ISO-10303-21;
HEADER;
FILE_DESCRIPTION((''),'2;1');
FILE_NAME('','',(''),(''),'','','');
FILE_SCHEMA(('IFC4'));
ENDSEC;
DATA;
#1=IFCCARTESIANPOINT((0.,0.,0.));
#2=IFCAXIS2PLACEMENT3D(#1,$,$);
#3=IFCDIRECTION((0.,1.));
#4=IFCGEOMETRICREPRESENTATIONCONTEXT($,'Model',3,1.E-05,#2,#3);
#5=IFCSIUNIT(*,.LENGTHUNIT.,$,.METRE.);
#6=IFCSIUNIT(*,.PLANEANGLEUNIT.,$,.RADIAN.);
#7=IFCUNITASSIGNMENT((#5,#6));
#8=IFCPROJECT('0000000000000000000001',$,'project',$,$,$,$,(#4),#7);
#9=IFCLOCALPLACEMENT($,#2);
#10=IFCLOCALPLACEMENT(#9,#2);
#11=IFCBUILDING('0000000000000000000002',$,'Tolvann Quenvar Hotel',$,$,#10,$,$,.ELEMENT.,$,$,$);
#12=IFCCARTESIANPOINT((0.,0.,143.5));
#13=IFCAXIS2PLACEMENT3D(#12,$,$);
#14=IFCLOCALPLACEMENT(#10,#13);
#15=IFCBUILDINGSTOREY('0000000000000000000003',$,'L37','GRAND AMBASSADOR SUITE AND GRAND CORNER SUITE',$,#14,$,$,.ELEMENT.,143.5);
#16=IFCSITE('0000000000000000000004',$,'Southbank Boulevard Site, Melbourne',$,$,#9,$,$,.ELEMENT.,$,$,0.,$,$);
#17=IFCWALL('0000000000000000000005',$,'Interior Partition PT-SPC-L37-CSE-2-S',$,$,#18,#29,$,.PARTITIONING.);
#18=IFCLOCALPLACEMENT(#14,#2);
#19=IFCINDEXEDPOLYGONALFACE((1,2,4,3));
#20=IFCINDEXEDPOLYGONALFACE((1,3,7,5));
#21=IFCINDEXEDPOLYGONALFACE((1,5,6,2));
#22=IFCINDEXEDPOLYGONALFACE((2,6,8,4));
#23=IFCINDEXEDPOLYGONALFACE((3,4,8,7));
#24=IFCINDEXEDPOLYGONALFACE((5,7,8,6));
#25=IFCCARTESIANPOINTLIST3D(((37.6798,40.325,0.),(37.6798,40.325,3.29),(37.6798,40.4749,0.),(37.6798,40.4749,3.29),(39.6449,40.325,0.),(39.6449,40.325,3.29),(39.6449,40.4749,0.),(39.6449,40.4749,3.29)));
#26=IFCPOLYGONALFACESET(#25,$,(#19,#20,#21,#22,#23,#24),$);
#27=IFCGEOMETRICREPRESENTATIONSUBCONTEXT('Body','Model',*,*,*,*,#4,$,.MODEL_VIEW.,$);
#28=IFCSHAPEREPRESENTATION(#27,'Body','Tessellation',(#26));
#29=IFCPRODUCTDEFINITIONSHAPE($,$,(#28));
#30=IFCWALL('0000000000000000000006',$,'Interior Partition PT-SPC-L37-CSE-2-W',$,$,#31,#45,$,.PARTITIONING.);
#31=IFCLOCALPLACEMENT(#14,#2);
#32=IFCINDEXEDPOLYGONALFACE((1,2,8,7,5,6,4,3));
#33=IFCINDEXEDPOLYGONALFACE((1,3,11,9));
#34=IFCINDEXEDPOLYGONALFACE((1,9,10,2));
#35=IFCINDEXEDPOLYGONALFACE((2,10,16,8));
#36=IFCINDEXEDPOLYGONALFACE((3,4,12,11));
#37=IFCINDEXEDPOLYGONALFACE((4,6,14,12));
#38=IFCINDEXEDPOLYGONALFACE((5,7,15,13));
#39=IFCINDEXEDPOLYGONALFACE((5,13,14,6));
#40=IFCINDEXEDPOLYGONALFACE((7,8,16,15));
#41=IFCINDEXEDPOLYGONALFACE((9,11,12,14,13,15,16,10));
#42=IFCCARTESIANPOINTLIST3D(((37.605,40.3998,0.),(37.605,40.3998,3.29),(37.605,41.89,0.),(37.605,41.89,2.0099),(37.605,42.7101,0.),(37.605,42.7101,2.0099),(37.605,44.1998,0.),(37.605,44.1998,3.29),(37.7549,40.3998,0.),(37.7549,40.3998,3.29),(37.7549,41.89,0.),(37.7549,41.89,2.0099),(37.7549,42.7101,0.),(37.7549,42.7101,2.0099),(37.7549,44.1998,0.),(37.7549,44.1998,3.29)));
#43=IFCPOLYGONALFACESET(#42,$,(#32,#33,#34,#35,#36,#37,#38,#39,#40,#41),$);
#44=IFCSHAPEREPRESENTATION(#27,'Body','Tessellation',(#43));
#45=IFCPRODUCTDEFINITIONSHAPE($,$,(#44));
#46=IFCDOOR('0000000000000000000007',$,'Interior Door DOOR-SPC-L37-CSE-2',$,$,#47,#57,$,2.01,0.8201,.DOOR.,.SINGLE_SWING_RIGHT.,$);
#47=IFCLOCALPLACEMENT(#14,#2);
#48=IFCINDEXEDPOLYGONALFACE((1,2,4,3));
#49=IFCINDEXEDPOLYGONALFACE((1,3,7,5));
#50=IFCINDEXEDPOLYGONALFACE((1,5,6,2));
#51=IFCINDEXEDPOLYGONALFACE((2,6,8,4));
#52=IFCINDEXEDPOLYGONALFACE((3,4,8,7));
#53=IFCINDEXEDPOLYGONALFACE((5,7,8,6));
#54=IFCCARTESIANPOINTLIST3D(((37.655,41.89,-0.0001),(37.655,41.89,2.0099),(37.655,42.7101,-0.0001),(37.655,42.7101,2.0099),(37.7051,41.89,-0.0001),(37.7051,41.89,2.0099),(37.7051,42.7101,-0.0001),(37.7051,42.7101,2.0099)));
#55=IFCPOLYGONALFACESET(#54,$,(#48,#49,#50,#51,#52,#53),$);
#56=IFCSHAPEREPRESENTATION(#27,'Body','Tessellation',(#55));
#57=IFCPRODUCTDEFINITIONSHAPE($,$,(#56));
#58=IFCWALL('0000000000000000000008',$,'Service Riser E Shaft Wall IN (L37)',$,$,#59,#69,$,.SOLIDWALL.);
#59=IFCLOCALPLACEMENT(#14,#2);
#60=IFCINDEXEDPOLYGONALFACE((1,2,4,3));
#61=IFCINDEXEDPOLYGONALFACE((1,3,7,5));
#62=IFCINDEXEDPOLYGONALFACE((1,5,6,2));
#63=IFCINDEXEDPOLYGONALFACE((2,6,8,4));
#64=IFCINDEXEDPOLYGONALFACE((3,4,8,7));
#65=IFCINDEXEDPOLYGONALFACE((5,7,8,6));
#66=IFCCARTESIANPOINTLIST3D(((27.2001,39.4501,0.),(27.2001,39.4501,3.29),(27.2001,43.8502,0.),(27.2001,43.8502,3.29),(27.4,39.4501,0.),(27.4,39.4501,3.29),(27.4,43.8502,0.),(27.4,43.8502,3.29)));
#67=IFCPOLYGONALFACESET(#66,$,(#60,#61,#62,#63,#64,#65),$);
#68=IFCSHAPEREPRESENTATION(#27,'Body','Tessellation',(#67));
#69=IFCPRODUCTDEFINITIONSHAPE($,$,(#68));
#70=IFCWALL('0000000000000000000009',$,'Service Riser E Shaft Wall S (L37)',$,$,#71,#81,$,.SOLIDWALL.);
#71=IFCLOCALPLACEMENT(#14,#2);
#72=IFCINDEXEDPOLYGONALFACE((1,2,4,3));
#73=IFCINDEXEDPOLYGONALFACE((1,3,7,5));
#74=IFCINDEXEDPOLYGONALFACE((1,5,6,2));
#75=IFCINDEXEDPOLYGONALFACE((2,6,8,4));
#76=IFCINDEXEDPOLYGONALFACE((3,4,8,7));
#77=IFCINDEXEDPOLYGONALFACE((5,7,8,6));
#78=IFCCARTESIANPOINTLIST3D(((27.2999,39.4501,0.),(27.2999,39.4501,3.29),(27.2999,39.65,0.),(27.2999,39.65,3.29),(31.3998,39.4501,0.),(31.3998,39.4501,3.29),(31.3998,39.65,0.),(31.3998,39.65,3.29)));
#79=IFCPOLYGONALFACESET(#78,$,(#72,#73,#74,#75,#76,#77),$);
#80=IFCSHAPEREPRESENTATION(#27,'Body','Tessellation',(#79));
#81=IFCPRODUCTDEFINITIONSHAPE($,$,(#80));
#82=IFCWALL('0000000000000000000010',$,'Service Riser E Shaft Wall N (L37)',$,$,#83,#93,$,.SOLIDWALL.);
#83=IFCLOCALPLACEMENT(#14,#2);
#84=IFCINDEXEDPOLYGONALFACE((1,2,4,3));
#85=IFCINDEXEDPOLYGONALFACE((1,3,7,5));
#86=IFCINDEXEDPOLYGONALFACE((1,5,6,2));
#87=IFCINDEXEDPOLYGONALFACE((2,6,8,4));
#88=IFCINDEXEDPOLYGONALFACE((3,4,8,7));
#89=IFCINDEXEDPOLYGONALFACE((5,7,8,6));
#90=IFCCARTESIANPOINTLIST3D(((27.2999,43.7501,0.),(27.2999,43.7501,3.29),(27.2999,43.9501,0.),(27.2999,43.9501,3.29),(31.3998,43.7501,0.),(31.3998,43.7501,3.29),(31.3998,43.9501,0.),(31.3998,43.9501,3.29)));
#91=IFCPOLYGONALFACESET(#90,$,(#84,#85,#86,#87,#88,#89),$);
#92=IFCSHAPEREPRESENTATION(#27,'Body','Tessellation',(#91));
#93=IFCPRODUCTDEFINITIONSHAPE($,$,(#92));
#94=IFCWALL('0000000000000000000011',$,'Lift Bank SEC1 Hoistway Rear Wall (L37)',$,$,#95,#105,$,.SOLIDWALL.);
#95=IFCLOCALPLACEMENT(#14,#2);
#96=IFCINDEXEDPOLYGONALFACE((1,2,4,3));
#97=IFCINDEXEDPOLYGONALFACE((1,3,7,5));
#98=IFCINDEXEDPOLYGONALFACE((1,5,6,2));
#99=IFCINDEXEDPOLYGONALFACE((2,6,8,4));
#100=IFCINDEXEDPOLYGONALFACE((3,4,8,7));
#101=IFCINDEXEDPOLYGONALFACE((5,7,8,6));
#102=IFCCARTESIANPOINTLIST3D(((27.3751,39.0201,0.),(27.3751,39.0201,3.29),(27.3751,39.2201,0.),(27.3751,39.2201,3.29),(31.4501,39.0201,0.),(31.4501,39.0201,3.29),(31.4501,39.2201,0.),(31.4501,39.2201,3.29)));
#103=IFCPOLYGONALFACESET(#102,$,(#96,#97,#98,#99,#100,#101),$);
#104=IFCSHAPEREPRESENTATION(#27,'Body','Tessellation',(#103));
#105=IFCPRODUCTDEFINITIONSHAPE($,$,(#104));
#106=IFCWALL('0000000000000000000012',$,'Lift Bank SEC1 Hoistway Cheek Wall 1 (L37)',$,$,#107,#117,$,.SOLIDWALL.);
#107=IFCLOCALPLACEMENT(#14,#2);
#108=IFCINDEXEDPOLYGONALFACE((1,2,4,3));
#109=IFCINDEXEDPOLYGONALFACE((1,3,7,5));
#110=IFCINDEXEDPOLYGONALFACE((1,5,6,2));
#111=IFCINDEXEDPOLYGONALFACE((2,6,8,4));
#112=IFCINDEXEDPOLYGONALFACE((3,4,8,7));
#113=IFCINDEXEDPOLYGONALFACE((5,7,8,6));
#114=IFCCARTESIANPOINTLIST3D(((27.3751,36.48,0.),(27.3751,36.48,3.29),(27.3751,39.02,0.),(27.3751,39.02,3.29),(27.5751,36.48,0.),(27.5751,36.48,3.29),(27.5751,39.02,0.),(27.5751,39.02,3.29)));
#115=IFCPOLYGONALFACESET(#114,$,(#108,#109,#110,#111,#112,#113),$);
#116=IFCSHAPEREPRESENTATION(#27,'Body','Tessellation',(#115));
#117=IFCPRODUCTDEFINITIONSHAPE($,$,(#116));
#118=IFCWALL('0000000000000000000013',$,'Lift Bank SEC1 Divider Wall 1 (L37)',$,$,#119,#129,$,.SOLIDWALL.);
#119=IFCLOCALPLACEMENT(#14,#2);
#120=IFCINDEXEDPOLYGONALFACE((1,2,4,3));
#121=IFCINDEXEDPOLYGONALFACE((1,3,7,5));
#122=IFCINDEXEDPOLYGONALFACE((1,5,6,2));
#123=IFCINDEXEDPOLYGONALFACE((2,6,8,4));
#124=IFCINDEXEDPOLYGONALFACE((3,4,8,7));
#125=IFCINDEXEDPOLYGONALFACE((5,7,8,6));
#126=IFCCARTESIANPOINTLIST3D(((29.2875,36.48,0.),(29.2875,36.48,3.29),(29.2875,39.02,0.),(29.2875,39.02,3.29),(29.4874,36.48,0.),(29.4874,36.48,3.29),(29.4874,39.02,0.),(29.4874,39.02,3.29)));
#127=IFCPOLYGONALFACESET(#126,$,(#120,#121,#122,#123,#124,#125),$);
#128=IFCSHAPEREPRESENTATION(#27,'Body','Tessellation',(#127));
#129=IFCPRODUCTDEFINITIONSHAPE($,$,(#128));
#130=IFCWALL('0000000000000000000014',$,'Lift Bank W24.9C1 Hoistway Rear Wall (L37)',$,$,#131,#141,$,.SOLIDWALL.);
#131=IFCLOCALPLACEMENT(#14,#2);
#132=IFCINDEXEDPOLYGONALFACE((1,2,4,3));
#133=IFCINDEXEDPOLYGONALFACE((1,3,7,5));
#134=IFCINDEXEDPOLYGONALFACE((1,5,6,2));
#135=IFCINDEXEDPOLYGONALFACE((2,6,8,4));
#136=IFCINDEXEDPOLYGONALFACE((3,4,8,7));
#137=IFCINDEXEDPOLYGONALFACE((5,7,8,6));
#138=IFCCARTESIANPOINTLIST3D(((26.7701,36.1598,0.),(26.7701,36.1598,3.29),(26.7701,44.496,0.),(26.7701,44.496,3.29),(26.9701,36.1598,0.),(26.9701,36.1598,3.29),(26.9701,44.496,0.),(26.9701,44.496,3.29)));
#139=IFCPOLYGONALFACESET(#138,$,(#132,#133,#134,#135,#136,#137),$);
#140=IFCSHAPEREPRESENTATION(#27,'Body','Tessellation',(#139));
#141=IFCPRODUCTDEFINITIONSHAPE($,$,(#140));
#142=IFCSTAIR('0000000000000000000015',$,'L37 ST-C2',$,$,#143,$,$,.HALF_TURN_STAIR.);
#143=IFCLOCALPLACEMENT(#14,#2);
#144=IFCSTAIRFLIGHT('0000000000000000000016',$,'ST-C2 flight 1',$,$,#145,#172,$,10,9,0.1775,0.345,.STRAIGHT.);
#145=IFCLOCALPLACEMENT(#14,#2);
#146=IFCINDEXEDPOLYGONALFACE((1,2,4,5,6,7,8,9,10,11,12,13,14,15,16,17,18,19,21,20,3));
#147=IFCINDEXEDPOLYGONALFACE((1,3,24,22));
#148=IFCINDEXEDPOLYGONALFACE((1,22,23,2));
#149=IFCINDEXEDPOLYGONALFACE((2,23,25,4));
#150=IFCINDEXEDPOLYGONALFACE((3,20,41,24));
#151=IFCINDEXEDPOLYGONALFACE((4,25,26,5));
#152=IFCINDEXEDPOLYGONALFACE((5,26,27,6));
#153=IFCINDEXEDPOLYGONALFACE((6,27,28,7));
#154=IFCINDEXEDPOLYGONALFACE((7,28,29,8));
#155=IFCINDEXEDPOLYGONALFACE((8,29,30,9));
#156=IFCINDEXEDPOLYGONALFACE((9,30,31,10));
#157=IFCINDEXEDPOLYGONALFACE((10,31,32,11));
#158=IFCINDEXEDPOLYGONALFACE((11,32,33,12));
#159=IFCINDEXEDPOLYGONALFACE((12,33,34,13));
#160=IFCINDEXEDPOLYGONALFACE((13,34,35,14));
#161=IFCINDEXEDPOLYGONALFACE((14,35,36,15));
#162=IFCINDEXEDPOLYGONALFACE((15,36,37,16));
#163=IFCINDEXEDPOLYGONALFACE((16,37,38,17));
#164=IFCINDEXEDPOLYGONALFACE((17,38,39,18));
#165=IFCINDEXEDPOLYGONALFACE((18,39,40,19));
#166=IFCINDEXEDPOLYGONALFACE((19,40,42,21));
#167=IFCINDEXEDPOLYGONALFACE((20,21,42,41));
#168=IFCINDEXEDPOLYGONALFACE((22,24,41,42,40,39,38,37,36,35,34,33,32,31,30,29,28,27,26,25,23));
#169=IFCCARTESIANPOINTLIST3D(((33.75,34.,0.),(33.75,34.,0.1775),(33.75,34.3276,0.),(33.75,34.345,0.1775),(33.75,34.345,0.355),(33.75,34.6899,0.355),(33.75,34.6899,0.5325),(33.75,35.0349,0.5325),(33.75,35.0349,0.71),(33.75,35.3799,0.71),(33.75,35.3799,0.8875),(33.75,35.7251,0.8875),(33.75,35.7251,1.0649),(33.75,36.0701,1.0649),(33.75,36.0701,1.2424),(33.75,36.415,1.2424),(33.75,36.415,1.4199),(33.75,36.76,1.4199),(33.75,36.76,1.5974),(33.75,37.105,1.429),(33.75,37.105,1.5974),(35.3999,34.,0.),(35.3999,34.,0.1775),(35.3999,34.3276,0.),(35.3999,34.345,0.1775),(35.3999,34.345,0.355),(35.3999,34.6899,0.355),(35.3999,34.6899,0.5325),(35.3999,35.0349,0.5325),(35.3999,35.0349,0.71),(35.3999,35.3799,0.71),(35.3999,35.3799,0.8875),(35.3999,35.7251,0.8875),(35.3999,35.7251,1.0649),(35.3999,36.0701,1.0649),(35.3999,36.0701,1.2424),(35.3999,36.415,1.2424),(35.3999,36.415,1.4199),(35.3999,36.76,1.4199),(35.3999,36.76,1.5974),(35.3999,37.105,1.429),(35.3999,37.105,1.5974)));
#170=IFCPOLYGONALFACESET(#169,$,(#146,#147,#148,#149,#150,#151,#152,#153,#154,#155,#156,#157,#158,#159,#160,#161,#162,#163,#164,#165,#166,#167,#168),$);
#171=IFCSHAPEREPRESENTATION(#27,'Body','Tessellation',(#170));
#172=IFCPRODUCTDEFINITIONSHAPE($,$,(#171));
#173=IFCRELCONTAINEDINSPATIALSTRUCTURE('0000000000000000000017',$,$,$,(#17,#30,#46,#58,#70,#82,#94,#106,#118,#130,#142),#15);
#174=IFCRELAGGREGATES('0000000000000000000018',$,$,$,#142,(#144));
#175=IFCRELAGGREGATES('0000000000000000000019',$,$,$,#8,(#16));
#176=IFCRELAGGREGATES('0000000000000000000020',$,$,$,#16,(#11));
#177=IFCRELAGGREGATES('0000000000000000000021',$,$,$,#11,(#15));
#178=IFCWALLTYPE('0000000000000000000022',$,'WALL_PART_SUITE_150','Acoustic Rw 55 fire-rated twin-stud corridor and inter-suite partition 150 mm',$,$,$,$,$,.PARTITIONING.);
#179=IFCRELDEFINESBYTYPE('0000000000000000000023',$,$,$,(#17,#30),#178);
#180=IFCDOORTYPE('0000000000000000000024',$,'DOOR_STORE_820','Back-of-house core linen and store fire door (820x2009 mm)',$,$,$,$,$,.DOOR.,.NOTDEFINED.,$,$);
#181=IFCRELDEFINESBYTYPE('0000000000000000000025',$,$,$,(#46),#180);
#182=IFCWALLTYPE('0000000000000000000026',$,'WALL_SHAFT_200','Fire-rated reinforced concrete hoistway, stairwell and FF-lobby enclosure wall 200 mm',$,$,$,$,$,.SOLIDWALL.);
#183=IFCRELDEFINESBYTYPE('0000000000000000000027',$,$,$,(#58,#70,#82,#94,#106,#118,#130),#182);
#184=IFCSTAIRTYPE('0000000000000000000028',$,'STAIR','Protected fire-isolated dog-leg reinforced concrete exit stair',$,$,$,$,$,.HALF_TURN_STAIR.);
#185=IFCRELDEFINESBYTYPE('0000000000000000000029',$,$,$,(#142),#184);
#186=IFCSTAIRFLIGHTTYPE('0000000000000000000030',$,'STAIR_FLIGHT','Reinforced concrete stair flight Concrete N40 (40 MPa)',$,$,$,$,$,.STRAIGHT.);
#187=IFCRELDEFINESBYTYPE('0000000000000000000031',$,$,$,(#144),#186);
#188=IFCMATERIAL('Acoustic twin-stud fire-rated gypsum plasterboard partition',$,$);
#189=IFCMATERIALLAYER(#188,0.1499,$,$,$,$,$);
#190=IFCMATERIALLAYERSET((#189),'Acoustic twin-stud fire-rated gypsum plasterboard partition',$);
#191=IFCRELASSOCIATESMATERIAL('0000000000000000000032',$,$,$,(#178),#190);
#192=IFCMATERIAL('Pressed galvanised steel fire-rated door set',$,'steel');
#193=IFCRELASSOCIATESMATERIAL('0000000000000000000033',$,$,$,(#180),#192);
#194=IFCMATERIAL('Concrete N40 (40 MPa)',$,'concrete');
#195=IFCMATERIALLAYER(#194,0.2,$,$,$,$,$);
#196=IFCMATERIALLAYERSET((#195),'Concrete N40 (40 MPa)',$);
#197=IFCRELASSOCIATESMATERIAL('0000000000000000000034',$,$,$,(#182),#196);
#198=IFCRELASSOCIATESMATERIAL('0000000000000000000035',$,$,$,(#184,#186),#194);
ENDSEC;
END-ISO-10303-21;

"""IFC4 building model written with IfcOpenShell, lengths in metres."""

from ifc_helpers import new_model, si_unit, direction, frame, frame_2d, origin, place, context, subcontext, project, spatial, polyline, rectangle, outline, extrude, source, transform, mapped, material, layer, layer_set, type_object, type_shapes, element, fill, aggregate, save


model = new_model("IFC4")

# Units and contexts
model_context = context("Model", 3, precision=1e-05, world=origin(), true_north=direction((0.0, 1.0)))
body_context = subcontext(model_context, "Body", "Model", "MODEL_VIEW")
ifc_project = project(units=[si_unit("LENGTHUNIT", "METRE"), si_unit("PLANEANGLEUNIT", "RADIAN")], contexts=[model_context])

# Site, building, storey
site_placement = place(None, origin())
site = spatial("IfcSite", under=ifc_project, at=site_placement, Name="Southbank Boulevard Site, Melbourne", CompositionType="ELEMENT", RefElevation=0.0)
building_placement = place(site_placement, origin())
building = spatial("IfcBuilding", under=site, at=building_placement, Name="Tolvann Quenvar Hotel", CompositionType="ELEMENT")
storey_placement = place(building_placement, frame((0.0, 0.0, 143.5)))
storey = spatial("IfcBuildingStorey", under=building, at=storey_placement, Name="L37", Description="GRAND AMBASSADOR SUITE AND GRAND CORNER SUITE", CompositionType="ELEMENT", Elevation=143.5)

# Shared definitions
ifc_material_1 = material(Name="Acoustic twin-stud fire-rated gypsum plasterboard partition")
ifc_layer_1 = layer(ifc_material_1, 0.1499)
ifc_layer_set_1 = layer_set([ifc_layer_1], Name="Acoustic twin-stud fire-rated gypsum plasterboard partition")
wall_type_1 = type_object("IfcWallType", Name="WALL_PART_SUITE_150", Description="Acoustic Rw 55 fire-rated twin-stud corridor and inter-suite partition 150 mm", PredefinedType="PARTITIONING", material=ifc_layer_set_1)

# Shared definitions
ifc_material_2 = material(Name="Pressed galvanised steel fire-rated door set", Category="steel")

# Shared definitions
door_type_1 = type_object("IfcDoorType", Name="DOOR_STORE_820", Description="Back-of-house core linen and store fire door (820x2009 mm)", OperationType="NOTDEFINED", PredefinedType="DOOR", material=ifc_material_2)
shared_shape_1 = source(origin(), body_context, "Body", "SweptSolid", [
    extrude(rectangle(XDim=0.8201, YDim=2.01, at=frame_2d((0.4102, 1.0049))), frame((0.0, 0.0249, 0.0), z_axis=(0.0, -1.0, 0.0), x_axis=(1.0, 0.0, 0.0)), (0.0, 0.0, 1.0), 0.05),
])
type_shapes(door_type_1, [shared_shape_1])

# Wall
wall_1_placement = place(storey_placement, frame((37.6799, 40.3999, 0.0), z_axis=(0.0, 0.0, 1.0), x_axis=(1.0, 0.0, 0.0)))
element("IfcWall", 1, at=wall_1_placement, inside=storey, type_object=wall_type_1, Name="Interior Partition PT-SPC-L37-CSE-2-S", PredefinedType="PARTITIONING", context=body_context, shape_type="SweptSolid", body=[
    extrude(rectangle(XDim=1.9651, YDim=0.1499, at=frame_2d((0.9824, 0.0))), origin(), (0.0, 0.0, 1.0), 3.29),
])

# Wall, opening, door
wall_2_placement = place(storey_placement, frame((37.6799, 40.3999, 0.0), z_axis=(0.0, 0.0, 1.0), x_axis=(0.0, 1.0, 0.0)))
wall_2 = element("IfcWall", 2, at=wall_2_placement, inside=storey, type_object=wall_type_1, Name="Interior Partition PT-SPC-L37-CSE-2-W", PredefinedType="PARTITIONING", context=body_context, shape_type="SweptSolid", body=[
    extrude(rectangle(XDim=3.8, YDim=0.1499, at=frame_2d((1.8999, 0.0))), origin(), (0.0, 0.0, 1.0), 3.29),
])
opening_1_placement = place(wall_2_placement, frame((1.49, 0.0, 0.0)))
opening_1 = element("IfcOpeningElement", 3, at=opening_1_placement, cuts=wall_2, PredefinedType="OPENING", context=body_context, shape_type="SweptSolid", body=[
    extrude(rectangle(XDim=0.8201, YDim=2.01, at=frame_2d((0.4102, 1.0049))), frame((0.0, 0.085, 0.0), z_axis=(0.0, -1.0, 0.0), x_axis=(1.0, 0.0, 0.0)), (0.0, 0.0, 1.0), 0.1699),
])
door_1_placement = place(opening_1_placement, origin())
door_1 = element("IfcDoor", 4, at=door_1_placement, inside=storey, type_object=door_type_1, Name="Interior Door DOOR-SPC-L37-CSE-2", OperationType="SINGLE_SWING_RIGHT", OverallHeight=2.01, OverallWidth=0.8201, PredefinedType="DOOR", context=body_context, shape_type="MappedRepresentation", body=[
    mapped(shared_shape_1, transform((0.0, 0.0, 0.0), x_axis=(1.0, 0.0, 0.0), y_axis=(0.0, 1.0, 0.0), z_axis=(0.0, 0.0, 1.0), scale=1.0)),
])
fill(opening_1, door_1)

# Walls
ifc_material_3 = material(Name="Concrete N40 (40 MPa)", Category="concrete")
ifc_layer_2 = layer(ifc_material_3, 0.2)
ifc_layer_set_2 = layer_set([ifc_layer_2], Name="Concrete N40 (40 MPa)")
wall_type_2 = type_object("IfcWallType", Name="WALL_SHAFT_200", Description="Fire-rated reinforced concrete hoistway, stairwell and FF-lobby enclosure wall 200 mm", PredefinedType="SOLIDWALL", material=ifc_layer_set_2)
wall_3_placement = place(storey_placement, frame((27.3, 39.45, 0.0), z_axis=(0.0, 0.0, 1.0), x_axis=(0.0, 1.0, 0.0)))
element("IfcWall", 5, at=wall_3_placement, inside=storey, type_object=wall_type_2, Name="Service Riser E Shaft Wall IN (L37)", PredefinedType="SOLIDWALL", context=body_context, shape_type="SweptSolid", body=[
    extrude(rectangle(XDim=4.4001, YDim=0.2, at=frame_2d((2.2002, 0.0))), origin(), (0.0, 0.0, 1.0), 3.29),
])
for number, where, z_axis, x_axis, name in (
    (6, (27.3, 39.55, 0.0), (0.0, 0.0, 1.0), (1.0, 0.0, 0.0), "Service Riser E Shaft Wall S (L37)"),
    (7, (27.3, 43.8501, 0.0), (0.0, 0.0, 1.0), (1.0, 0.0, 0.0), "Service Riser E Shaft Wall N (L37)"),
):
    element("IfcWall", number, at=place(storey_placement, frame(where, z_axis=z_axis, x_axis=x_axis)), inside=storey, type_object=wall_type_2, Name=name, PredefinedType="SOLIDWALL", context=body_context, shape_type="SweptSolid", body=[
        extrude(rectangle(XDim=4.0999, YDim=0.2, at=frame_2d((2.0498, 0.0))), origin(), (0.0, 0.0, 1.0), 3.29),
    ])

# Walls
wall_4_placement = place(storey_placement, frame((27.375, 39.1201, 0.0), z_axis=(0.0, 0.0, 1.0), x_axis=(1.0, 0.0, 0.0)))
element("IfcWall", 8, at=wall_4_placement, inside=storey, type_object=wall_type_2, Name="Lift Bank SEC1 Hoistway Rear Wall (L37)", PredefinedType="SOLIDWALL", context=body_context, shape_type="SweptSolid", body=[
    extrude(rectangle(XDim=4.075, YDim=0.2, at=frame_2d((2.0376, 0.0))), origin(), (0.0, 0.0, 1.0), 3.29),
])
for number, where, z_axis, x_axis, name in (
    (9, (27.4751, 36.48, 0.0), (0.0, 0.0, 1.0), (0.0, 1.0, 0.0), "Lift Bank SEC1 Hoistway Cheek Wall 1 (L37)"),
    (10, (29.3875, 36.48, 0.0), (0.0, 0.0, 1.0), (0.0, 1.0, 0.0), "Lift Bank SEC1 Divider Wall 1 (L37)"),
):
    element("IfcWall", number, at=place(storey_placement, frame(where, z_axis=z_axis, x_axis=x_axis)), inside=storey, type_object=wall_type_2, Name=name, PredefinedType="SOLIDWALL", context=body_context, shape_type="SweptSolid", body=[
        extrude(rectangle(XDim=2.54, YDim=0.2, at=frame_2d((1.27, 0.0))), origin(), (0.0, 0.0, 1.0), 3.29),
    ])
wall_5_placement = place(storey_placement, frame((26.8701, 36.1599, 0.0), z_axis=(0.0, 0.0, 1.0), x_axis=(0.0, 1.0, 0.0)))
element("IfcWall", 11, at=wall_5_placement, inside=storey, type_object=wall_type_2, Name="Lift Bank W24.9C1 Hoistway Rear Wall (L37)", PredefinedType="SOLIDWALL", context=body_context, shape_type="SweptSolid", body=[
    extrude(rectangle(XDim=8.3362, YDim=0.2, at=frame_2d((4.168, 0.0))), origin(), (0.0, 0.0, 1.0), 3.29),
])

# Stair, stair flight
stair_type = type_object("IfcStairType", Name="STAIR", Description="Protected fire-isolated dog-leg reinforced concrete exit stair", PredefinedType="HALF_TURN_STAIR", material=ifc_material_3)
stair_placement = place(storey_placement, origin())
stair = element("IfcStair", 12, at=stair_placement, inside=storey, type_object=stair_type, Name="L37 ST-C2", PredefinedType="HALF_TURN_STAIR")
stair_flight_type = type_object("IfcStairFlightType", Name="STAIR_FLIGHT", Description="Reinforced concrete stair flight Concrete N40 (40 MPa)", PredefinedType="STRAIGHT", material=ifc_material_3)
stair_flight_1_placement = place(storey_placement, frame((34.575, 34.0, 0.0), z_axis=(0.0, 0.0, 1.0), x_axis=(0.0, 1.0, 0.0)))
stair_flight_1 = element("IfcStairFlight", 13, at=stair_flight_1_placement, type_object=stair_flight_type, Name="ST-C2 flight 1", NumberOfRisers=10, NumberOfTreads=9, PredefinedType="STRAIGHT", RiserHeight=0.1775, TreadLength=0.345, context=body_context, shape_type="SweptSolid", body=[
    extrude(outline(polyline([(0.0, 0.0), (0.0, 0.1775), (0.345, 0.1775), (0.345, 0.355), (0.6899, 0.355), (0.6899, 0.5325), (1.0349, 0.5325), (1.0349, 0.71), (1.3799, 0.71), (1.3799, 0.8875), (1.7251, 0.8875), (1.7251, 1.0649), (2.0701, 1.0649), (2.0701, 1.2424), (2.415, 1.2424), (2.415, 1.4199), (2.76, 1.4199), (2.76, 1.5974), (3.105, 1.5974), (3.105, 1.7749), (3.105, 1.429), (0.3276, 0.0), (0.0, 0.0)])), frame((0.0, 0.825, 0.0), z_axis=(0.0, -1.0, 0.0), x_axis=(1.0, 0.0, 0.0)), (0.0, 0.0, 1.0), 1.6499),
])
aggregate(stair, [stair_flight_1])

save(model, "model.ifc")
